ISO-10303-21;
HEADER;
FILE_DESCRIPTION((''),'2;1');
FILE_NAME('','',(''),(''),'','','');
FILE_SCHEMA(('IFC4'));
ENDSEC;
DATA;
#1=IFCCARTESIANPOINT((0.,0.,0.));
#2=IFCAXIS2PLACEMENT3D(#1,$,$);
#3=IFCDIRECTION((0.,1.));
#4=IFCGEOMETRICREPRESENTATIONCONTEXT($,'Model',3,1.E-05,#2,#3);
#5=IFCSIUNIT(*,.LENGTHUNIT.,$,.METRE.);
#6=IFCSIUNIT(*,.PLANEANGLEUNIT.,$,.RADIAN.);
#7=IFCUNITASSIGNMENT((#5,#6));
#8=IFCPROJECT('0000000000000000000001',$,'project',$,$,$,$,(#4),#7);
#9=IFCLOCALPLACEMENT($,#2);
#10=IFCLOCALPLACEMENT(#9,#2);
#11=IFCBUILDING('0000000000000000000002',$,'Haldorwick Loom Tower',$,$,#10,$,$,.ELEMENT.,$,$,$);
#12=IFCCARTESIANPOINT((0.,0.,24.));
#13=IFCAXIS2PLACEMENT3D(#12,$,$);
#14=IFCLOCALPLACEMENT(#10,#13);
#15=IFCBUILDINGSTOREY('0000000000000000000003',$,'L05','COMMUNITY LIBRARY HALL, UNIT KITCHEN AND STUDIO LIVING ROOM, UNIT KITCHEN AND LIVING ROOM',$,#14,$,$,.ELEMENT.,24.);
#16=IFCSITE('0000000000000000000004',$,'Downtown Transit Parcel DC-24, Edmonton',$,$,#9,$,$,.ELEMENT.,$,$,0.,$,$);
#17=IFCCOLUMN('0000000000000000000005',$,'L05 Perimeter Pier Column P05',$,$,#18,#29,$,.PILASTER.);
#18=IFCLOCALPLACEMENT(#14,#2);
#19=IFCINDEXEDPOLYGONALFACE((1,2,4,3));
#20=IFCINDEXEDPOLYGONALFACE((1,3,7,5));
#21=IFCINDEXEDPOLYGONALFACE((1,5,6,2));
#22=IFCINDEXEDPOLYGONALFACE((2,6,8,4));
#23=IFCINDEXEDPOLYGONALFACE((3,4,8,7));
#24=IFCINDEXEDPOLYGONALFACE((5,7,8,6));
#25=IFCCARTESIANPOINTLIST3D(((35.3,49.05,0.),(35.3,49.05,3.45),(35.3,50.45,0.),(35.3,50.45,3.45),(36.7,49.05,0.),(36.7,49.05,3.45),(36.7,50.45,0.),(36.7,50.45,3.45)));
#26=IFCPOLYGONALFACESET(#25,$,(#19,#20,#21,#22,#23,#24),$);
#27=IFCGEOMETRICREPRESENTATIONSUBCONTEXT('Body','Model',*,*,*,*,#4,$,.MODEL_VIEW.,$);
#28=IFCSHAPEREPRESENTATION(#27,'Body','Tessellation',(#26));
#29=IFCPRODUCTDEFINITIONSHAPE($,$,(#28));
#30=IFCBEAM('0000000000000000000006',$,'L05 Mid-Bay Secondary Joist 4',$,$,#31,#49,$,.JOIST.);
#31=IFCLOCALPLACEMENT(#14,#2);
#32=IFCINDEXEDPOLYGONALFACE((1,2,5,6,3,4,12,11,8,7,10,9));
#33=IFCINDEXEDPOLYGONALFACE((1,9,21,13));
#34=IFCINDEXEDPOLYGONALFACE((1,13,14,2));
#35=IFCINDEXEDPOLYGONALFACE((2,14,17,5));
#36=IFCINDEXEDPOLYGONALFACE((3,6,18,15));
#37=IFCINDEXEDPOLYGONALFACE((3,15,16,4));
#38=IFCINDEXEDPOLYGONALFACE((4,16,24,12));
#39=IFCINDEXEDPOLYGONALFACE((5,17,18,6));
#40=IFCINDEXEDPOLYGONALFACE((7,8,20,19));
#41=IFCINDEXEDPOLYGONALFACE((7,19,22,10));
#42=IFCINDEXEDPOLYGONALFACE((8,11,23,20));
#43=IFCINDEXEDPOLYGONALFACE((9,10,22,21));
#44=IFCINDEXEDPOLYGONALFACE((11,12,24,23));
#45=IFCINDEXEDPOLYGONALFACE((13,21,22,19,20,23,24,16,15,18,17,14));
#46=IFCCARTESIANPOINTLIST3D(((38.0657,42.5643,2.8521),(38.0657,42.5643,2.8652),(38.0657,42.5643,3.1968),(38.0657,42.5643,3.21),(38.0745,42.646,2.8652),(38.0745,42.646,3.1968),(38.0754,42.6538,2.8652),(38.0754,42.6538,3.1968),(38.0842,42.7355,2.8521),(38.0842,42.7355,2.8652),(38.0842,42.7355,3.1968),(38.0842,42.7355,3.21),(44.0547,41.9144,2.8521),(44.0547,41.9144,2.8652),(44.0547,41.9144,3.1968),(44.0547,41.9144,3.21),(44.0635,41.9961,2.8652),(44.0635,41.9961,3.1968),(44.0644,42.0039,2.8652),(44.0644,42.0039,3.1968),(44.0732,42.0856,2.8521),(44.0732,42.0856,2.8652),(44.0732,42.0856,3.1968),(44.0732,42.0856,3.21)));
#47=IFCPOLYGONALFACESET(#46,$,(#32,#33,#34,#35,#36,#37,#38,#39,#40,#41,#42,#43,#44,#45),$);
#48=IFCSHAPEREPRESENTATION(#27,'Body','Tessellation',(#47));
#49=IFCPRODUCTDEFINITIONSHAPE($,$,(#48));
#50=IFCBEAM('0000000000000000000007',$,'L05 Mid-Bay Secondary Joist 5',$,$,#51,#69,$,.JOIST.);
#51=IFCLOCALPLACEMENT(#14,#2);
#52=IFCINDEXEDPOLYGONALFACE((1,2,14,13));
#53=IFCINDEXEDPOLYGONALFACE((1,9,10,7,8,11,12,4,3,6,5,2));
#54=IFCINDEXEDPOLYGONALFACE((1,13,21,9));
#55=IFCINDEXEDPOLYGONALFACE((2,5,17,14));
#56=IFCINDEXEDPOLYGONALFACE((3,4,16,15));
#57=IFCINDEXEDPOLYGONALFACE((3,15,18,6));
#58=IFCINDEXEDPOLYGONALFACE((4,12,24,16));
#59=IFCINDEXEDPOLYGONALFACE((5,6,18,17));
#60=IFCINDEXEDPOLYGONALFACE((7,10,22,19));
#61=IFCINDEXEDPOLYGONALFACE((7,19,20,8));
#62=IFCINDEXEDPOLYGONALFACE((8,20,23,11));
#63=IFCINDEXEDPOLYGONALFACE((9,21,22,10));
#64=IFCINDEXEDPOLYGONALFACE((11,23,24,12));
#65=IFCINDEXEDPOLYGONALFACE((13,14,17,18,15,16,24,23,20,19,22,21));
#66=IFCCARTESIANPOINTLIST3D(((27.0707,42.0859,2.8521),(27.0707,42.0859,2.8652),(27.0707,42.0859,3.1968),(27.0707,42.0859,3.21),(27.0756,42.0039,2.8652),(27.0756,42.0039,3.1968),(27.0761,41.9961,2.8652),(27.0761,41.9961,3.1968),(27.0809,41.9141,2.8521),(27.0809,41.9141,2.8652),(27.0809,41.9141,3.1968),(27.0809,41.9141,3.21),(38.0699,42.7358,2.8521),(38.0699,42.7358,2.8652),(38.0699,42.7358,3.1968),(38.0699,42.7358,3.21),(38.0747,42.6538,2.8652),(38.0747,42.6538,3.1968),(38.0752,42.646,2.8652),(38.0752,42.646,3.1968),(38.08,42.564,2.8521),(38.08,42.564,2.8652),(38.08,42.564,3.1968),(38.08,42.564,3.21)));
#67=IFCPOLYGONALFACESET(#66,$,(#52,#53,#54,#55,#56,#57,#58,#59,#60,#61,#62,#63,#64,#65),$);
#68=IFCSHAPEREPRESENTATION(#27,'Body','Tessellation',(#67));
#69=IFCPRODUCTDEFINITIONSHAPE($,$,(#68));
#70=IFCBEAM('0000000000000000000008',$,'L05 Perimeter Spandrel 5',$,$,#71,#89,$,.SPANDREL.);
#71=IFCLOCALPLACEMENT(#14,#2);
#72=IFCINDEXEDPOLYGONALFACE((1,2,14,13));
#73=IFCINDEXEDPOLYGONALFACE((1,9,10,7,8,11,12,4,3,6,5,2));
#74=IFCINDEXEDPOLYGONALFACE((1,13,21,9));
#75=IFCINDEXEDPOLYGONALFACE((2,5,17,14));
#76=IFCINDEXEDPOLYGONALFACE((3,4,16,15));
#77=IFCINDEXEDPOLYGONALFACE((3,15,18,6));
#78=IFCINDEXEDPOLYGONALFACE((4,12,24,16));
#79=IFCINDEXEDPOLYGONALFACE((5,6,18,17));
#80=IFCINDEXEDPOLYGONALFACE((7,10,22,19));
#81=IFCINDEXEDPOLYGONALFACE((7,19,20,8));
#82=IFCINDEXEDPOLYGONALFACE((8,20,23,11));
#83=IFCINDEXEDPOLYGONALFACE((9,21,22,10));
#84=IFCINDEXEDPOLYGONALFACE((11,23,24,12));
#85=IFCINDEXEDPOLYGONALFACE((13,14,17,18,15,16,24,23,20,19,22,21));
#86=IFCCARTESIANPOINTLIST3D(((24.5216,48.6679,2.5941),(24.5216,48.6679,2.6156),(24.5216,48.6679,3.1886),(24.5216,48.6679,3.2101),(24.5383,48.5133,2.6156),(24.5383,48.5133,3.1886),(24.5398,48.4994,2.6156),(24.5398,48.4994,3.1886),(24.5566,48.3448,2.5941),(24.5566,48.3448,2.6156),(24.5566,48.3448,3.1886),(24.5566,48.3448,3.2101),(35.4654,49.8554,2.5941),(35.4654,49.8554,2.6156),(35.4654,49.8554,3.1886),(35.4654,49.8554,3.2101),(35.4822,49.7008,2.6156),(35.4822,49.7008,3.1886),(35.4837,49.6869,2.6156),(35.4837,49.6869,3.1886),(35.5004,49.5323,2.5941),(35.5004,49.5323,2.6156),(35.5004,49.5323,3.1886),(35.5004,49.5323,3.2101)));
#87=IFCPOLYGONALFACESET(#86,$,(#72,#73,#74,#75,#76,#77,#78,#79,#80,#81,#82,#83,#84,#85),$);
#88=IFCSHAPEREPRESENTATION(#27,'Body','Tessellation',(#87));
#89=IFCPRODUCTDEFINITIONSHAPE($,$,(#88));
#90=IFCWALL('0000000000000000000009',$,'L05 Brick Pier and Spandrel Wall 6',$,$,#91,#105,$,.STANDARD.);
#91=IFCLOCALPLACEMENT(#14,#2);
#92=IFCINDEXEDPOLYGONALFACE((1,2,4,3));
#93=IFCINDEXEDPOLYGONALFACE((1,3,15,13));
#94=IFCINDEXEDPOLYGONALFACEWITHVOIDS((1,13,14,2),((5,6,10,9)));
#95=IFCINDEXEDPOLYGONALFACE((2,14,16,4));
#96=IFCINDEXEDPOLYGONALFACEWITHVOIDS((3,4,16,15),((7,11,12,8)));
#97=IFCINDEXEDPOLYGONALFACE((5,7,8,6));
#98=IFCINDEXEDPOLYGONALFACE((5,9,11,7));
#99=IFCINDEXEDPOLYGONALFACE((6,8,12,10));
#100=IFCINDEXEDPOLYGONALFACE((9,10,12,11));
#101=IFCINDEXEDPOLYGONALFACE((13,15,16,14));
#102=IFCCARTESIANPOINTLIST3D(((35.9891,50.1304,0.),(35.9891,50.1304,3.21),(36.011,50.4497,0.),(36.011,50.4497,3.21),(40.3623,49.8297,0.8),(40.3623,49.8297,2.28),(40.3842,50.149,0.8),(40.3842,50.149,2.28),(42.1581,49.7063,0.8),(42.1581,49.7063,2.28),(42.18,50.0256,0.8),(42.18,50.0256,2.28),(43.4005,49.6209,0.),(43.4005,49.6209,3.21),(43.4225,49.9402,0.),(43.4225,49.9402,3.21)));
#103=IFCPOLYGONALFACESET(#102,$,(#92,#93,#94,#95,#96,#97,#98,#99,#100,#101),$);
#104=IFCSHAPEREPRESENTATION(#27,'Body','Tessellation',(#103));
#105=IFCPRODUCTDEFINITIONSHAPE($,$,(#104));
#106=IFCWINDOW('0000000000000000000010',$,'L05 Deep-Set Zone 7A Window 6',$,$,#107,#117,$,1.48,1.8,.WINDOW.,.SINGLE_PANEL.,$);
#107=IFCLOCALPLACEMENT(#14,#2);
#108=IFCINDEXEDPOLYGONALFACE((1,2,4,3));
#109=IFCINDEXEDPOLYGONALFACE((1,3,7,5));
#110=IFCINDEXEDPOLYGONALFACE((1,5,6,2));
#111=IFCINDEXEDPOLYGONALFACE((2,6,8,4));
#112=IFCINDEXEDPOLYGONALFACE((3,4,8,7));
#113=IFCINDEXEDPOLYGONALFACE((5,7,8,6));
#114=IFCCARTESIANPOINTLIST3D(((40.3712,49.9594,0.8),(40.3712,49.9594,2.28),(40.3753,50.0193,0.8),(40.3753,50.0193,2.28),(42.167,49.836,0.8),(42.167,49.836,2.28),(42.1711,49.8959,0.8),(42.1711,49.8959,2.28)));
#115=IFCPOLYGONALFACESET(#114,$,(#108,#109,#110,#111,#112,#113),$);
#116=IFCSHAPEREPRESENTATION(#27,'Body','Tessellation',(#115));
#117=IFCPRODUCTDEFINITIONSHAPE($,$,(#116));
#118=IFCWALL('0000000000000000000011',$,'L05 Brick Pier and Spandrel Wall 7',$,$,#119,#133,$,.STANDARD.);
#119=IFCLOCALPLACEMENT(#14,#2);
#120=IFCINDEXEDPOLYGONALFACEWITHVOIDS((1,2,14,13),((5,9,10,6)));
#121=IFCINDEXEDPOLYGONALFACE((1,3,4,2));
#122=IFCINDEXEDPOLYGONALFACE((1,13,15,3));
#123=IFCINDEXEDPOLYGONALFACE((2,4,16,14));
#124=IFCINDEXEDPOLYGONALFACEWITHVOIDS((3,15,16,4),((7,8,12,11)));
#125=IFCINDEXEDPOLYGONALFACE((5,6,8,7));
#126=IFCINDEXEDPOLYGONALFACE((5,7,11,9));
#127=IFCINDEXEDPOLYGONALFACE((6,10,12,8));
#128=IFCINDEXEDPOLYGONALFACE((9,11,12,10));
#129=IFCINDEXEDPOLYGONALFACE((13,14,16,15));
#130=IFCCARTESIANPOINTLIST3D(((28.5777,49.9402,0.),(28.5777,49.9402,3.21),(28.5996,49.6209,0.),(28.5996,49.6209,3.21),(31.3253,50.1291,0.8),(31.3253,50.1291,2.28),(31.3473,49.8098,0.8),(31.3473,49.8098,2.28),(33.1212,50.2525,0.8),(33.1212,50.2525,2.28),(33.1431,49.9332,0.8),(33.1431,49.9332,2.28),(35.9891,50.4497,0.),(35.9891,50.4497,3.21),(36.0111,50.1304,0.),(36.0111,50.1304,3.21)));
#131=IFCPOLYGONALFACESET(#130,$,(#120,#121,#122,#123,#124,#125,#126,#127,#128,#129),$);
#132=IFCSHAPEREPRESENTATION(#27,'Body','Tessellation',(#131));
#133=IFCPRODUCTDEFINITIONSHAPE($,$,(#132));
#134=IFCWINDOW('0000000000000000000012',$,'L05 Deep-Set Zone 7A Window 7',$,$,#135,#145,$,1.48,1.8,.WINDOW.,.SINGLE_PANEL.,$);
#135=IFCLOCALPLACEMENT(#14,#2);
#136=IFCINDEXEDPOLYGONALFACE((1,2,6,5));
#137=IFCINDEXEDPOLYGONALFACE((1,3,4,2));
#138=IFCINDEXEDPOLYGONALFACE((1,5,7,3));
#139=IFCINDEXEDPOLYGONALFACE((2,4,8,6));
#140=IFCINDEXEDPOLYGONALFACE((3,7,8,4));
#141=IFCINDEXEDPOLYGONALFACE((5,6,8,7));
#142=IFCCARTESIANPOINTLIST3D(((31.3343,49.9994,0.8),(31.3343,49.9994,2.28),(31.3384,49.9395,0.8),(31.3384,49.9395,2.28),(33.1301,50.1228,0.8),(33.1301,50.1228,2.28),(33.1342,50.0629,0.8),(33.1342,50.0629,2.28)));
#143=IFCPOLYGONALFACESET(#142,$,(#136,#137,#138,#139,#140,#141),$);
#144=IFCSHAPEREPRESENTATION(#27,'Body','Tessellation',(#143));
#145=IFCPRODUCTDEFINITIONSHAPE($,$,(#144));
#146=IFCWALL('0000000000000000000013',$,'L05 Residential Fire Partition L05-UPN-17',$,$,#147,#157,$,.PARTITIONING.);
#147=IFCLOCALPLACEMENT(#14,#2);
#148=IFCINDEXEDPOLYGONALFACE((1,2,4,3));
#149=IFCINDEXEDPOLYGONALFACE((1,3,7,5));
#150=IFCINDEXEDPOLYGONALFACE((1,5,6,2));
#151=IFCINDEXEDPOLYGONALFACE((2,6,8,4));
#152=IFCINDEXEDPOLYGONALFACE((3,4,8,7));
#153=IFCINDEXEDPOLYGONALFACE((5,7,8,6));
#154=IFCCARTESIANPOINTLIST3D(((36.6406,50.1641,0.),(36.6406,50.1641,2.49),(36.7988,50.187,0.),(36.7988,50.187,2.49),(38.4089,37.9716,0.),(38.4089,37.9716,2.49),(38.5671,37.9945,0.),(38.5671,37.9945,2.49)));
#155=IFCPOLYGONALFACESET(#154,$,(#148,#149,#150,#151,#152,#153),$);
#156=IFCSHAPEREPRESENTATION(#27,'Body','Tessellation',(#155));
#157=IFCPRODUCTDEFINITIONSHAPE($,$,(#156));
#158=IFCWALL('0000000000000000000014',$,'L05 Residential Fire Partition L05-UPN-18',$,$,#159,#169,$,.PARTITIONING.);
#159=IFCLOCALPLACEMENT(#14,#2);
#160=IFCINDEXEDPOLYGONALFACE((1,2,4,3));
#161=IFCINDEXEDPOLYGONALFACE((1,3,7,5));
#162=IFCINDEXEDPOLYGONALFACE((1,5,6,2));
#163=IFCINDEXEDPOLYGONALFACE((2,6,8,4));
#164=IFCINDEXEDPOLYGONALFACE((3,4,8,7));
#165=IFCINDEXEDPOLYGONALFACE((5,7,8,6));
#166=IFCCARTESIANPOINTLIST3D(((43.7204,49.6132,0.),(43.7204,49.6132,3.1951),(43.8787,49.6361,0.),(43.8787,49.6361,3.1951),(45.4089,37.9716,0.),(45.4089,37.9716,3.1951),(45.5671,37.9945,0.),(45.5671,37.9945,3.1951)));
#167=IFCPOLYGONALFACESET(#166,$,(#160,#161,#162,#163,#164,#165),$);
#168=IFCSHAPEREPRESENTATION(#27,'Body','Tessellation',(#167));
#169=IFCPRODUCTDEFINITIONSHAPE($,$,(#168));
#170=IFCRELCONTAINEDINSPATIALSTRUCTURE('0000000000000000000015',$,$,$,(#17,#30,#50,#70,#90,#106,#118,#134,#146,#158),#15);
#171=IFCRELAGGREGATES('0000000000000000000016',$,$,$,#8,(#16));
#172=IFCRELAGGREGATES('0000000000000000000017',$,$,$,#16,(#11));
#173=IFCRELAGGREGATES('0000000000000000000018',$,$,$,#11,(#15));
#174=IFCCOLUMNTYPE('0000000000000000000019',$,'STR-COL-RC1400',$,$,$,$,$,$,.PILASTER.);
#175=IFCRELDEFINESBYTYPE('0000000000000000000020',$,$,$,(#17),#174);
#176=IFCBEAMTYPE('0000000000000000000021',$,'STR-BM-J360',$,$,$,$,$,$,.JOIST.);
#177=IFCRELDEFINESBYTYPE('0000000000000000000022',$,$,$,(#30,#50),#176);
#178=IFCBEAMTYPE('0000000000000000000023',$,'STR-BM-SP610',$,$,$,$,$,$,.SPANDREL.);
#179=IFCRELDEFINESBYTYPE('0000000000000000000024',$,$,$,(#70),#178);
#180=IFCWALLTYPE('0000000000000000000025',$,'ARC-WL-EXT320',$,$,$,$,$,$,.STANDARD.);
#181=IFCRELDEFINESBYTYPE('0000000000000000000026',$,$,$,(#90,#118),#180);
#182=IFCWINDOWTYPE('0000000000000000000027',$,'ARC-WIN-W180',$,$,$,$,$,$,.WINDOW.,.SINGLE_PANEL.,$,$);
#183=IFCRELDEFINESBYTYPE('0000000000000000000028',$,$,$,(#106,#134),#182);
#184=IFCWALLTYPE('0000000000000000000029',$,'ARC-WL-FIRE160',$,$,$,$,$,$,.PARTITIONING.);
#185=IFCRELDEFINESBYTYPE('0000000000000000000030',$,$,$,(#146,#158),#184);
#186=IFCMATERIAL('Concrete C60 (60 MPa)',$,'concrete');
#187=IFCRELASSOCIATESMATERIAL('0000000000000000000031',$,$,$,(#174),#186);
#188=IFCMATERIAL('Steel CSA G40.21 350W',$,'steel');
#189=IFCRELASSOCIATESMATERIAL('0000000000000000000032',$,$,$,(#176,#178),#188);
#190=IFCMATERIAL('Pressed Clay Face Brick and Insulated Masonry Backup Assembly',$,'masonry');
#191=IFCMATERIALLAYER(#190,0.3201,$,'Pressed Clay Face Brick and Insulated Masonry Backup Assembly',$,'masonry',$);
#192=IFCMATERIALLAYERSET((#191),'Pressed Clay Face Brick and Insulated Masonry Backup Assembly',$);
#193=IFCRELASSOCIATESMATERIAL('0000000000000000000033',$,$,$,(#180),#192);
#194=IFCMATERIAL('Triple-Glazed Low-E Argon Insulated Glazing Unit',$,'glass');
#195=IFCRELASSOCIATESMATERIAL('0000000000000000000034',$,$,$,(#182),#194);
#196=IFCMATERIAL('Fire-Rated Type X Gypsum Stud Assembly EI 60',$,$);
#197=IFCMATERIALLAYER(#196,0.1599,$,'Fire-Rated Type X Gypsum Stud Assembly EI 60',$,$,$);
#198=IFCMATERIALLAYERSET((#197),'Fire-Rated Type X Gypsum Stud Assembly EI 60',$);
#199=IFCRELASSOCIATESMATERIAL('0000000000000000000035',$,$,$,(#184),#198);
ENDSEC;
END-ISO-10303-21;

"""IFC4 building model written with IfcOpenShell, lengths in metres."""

from ifc_helpers import new_model, si_unit, direction, frame, frame_2d, origin, origin_2d, place, context, subcontext, project, spatial, rectangle, i_section, extrude, material, layer, layer_set, material_profile, profile_set, type_object, element, fill, save


model = new_model("IFC4")

# Units and contexts
model_context = context("Model", 3, precision=1e-05, world=origin(), true_north=direction((0.0, 1.0)))
body_context = subcontext(model_context, "Body", "Model", "MODEL_VIEW")
ifc_project = project(units=[si_unit("LENGTHUNIT", "METRE"), si_unit("PLANEANGLEUNIT", "RADIAN")], contexts=[model_context])

# Site, building, storey
site_placement = place(None, origin())
site = spatial("IfcSite", under=ifc_project, at=site_placement, Name="Downtown Transit Parcel DC-24, Edmonton", CompositionType="ELEMENT", RefElevation=0.0)
building_placement = place(site_placement, origin())
building = spatial("IfcBuilding", under=site, at=building_placement, Name="Haldorwick Loom Tower", CompositionType="ELEMENT")
storey_placement = place(building_placement, frame((0.0, 0.0, 24.0)))
storey = spatial("IfcBuildingStorey", under=building, at=storey_placement, Name="L05", Description="COMMUNITY LIBRARY HALL, UNIT KITCHEN AND STUDIO LIVING ROOM, UNIT KITCHEN AND LIVING ROOM", CompositionType="ELEMENT", Elevation=24.0)

# Column
ifc_material_1 = material(Name="Concrete C60 (60 MPa)", Category="concrete")
ifc_material_profile_1 = material_profile(ifc_material_1, rectangle(XDim=1.3999, YDim=1.3999, at=origin_2d()), Name="RC1400X1400", Category="concrete")
ifc_profile_set_1 = profile_set([ifc_material_profile_1], Name="Concrete C60 (60 MPa)")
column_type = type_object("IfcColumnType", Name="STR-COL-RC1400", PredefinedType="PILASTER", material=ifc_profile_set_1)
column_placement = place(storey_placement, frame((36.0, 49.75, 0.0), z_axis=(0.0, 0.0, 1.0), x_axis=(0.0, 1.0, 0.0)))
element("IfcColumn", 1, at=column_placement, inside=storey, type_object=column_type, Name="L05 Perimeter Pier Column P05", PredefinedType="PILASTER", context=body_context, shape_type="SweptSolid", body=[
    extrude(rectangle(XDim=1.3999, YDim=1.3999, at=origin_2d()), origin(), (0.0, 0.0, 1.0), 3.45),
])

# Beams
ifc_material_2 = material(Name="Steel CSA G40.21 350W", Category="steel")
ifc_material_profile_2 = material_profile(ifc_material_2, i_section(OverallWidth=0.1721, OverallDepth=0.3579, WebThickness=0.0078, FlangeThickness=0.0132, at=origin_2d()), Name="W360X57", Category="steel")
ifc_profile_set_2 = profile_set([ifc_material_profile_2], Name="Steel CSA G40.21 350W")
beam_type_1 = type_object("IfcBeamType", Name="STR-BM-J360", PredefinedType="JOIST", material=ifc_profile_set_2)
beam_1_placement = place(storey_placement, frame((44.064, 42.0, 3.031), z_axis=(-0.994164, 0.107882, 0.0), x_axis=(-0.107882, -0.994164, 0.0)))
element("IfcBeam", 2, at=beam_1_placement, inside=storey, type_object=beam_type_1, Name="L05 Mid-Bay Secondary Joist 4", PredefinedType="JOIST", context=body_context, shape_type="SweptSolid", body=[
    extrude(i_section(OverallWidth=0.1721, OverallDepth=0.3579, WebThickness=0.0078, FlangeThickness=0.0132, at=origin_2d()), origin(), (0.0, 0.0, 1.0), 6.0242),
])
beam_2_placement = place(storey_placement, frame((38.075, 42.6499, 3.031), z_axis=(-0.998259, -0.058984, 0.0), x_axis=(0.058984, -0.998259, 0.0)))
element("IfcBeam", 3, at=beam_2_placement, inside=storey, type_object=beam_type_1, Name="L05 Mid-Bay Secondary Joist 5", PredefinedType="JOIST", context=body_context, shape_type="SweptSolid", body=[
    extrude(i_section(OverallWidth=0.1721, OverallDepth=0.3579, WebThickness=0.0078, FlangeThickness=0.0132, at=origin_2d()), origin(), (0.0, 0.0, 1.0), 11.0183),
])
ifc_material_profile_3 = material_profile(ifc_material_2, i_section(OverallWidth=0.325, OverallDepth=0.616, WebThickness=0.0139, FlangeThickness=0.0215, at=origin_2d()), Name="W610X174", Category="steel")
ifc_profile_set_3 = profile_set([ifc_material_profile_3], Name="Steel CSA G40.21 350W")
beam_type_2 = type_object("IfcBeamType", Name="STR-BM-SP610", PredefinedType="SPANDREL", material=ifc_profile_set_3)
beam_3_placement = place(storey_placement, frame((35.4829, 49.6938, 2.9021), z_axis=(-0.994164, -0.107875, 0.0), x_axis=(0.107875, -0.994164, 0.0)))
element("IfcBeam", 4, at=beam_3_placement, inside=storey, type_object=beam_type_2, Name="L05 Perimeter Spandrel 5", PredefinedType="SPANDREL", context=body_context, shape_type="SweptSolid", body=[
    extrude(i_section(OverallWidth=0.325, OverallDepth=0.616, WebThickness=0.0139, FlangeThickness=0.0215, at=origin_2d()), origin(), (0.0, 0.0, 1.0), 11.0081),
])

# Walls, openings, windows
ifc_material_3 = material(Name="Pressed Clay Face Brick and Insulated Masonry Backup Assembly", Category="masonry")
ifc_layer_1 = layer(ifc_material_3, 0.3201, Name="Pressed Clay Face Brick and Insulated Masonry Backup Assembly", Category="masonry")
ifc_layer_set_1 = layer_set([ifc_layer_1], Name="Pressed Clay Face Brick and Insulated Masonry Backup Assembly")
wall_type_1 = type_object("IfcWallType", Name="ARC-WL-EXT320", PredefinedType="STANDARD", material=ifc_layer_set_1)
wall_1_placement = place(storey_placement, frame((43.4114, 49.7805, 0.0), z_axis=(0.0, 0.0, 1.0), x_axis=(-0.997645, 0.068587, 0.0)))
wall_1 = element("IfcWall", 5, at=wall_1_placement, inside=storey, type_object=wall_type_1, Name="L05 Brick Pier and Spandrel Wall 6", PredefinedType="STANDARD", context=body_context, shape_type="SweptSolid", body=[
    extrude(rectangle(XDim=7.429, YDim=0.3201, at=frame_2d((3.7144, 0.0))), origin(), (0.0, 0.0, 1.0), 3.21),
])
opening_1_placement = place(wall_1_placement, frame((1.2454, 0.0, 0.8)))
opening_1 = element("IfcOpeningElement", 6, at=opening_1_placement, cuts=wall_1, PredefinedType="OPENING", context=body_context, shape_type="SweptSolid", body=[
    extrude(rectangle(XDim=1.8, YDim=1.48, at=frame_2d((0.8999, 0.74))), frame((0.0, 0.1699, 0.0), z_axis=(0.0, -1.0, 0.0), x_axis=(1.0, 0.0, 0.0)), (0.0, 0.0, 1.0), 0.3401),
])
ifc_material_4 = material(Name="Triple-Glazed Low-E Argon Insulated Glazing Unit", Category="glass")
window_type = type_object("IfcWindowType", Name="ARC-WIN-W180", PartitioningType="SINGLE_PANEL", PredefinedType="WINDOW", material=ifc_material_4)
window_1_placement = place(opening_1_placement, origin())
window_1 = element("IfcWindow", 7, at=window_1_placement, inside=storey, type_object=window_type, Name="L05 Deep-Set Zone 7A Window 6", OverallHeight=1.48, OverallWidth=1.8, PartitioningType="SINGLE_PANEL", PredefinedType="WINDOW", context=body_context, shape_type="SweptSolid", body=[
    extrude(rectangle(XDim=1.8, YDim=1.48, at=frame_2d((0.8999, 0.74))), frame((0.0, 0.03, 0.0), z_axis=(0.0, -1.0, 0.0), x_axis=(1.0, 0.0, 0.0)), (0.0, 0.0, 1.0), 0.0601),
])
fill(opening_1, window_1)
wall_2_placement = place(storey_placement, frame((36.0, 50.29, 0.0), z_axis=(0.0, 0.0, 1.0), x_axis=(-0.997645, -0.068587, 0.0)))
wall_2 = element("IfcWall", 8, at=wall_2_placement, inside=storey, type_object=wall_type_1, Name="L05 Brick Pier and Spandrel Wall 7", PredefinedType="STANDARD", context=body_context, shape_type="SweptSolid", body=[
    extrude(rectangle(XDim=7.429, YDim=0.3201, at=frame_2d((3.7144, 0.0))), origin(), (0.0, 0.0, 1.0), 3.21),
])
opening_2_placement = place(wall_2_placement, frame((2.8748, 0.0, 0.8)))
opening_2 = element("IfcOpeningElement", 9, at=opening_2_placement, cuts=wall_2, PredefinedType="OPENING", context=body_context, shape_type="SweptSolid", body=[
    extrude(rectangle(XDim=1.8, YDim=1.48, at=frame_2d((0.8999, 0.74))), frame((0.0, 0.1699, 0.0), z_axis=(0.0, -1.0, 0.0), x_axis=(1.0, 0.0, 0.0)), (0.0, 0.0, 1.0), 0.3401),
])
window_2_placement = place(opening_2_placement, origin())
window_2 = element("IfcWindow", 10, at=window_2_placement, inside=storey, type_object=window_type, Name="L05 Deep-Set Zone 7A Window 7", OverallHeight=1.48, OverallWidth=1.8, PartitioningType="SINGLE_PANEL", PredefinedType="WINDOW", context=body_context, shape_type="SweptSolid", body=[
    extrude(rectangle(XDim=1.8, YDim=1.48, at=frame_2d((0.8999, 0.74))), frame((0.0, 0.03, 0.0), z_axis=(0.0, -1.0, 0.0), x_axis=(1.0, 0.0, 0.0)), (0.0, 0.0, 1.0), 0.0601),
])
fill(opening_2, window_2)

# Walls
ifc_material_5 = material(Name="Fire-Rated Type X Gypsum Stud Assembly EI 60")
ifc_layer_2 = layer(ifc_material_5, 0.1599, Name="Fire-Rated Type X Gypsum Stud Assembly EI 60")
ifc_layer_set_2 = layer_set([ifc_layer_2], Name="Fire-Rated Type X Gypsum Stud Assembly EI 60")
wall_type_2 = type_object("IfcWallType", Name="ARC-WL-FIRE160", PredefinedType="PARTITIONING", material=ifc_layer_set_2)
wall_3_placement = place(storey_placement, frame((38.488, 37.9829, 0.0), z_axis=(0.0, 0.0, 1.0), x_axis=(-0.143532, 0.989646, 0.0)))
element("IfcWall", 11, at=wall_3_placement, inside=storey, type_object=wall_type_2, Name="L05 Residential Fire Partition L05-UPN-17", PredefinedType="PARTITIONING", context=body_context, shape_type="SweptSolid", body=[
    extrude(rectangle(XDim=12.3201, YDim=0.1599, at=frame_2d((6.1602, 0.0))), origin(), (0.0, 0.0, 1.0), 2.49),
])
wall_4_placement = place(storey_placement, frame((45.488, 37.9829, 0.0), z_axis=(0.0, 0.0, 1.0), x_axis=(-0.143536, 0.989645, 0.0)))
element("IfcWall", 12, at=wall_4_placement, inside=storey, type_object=wall_type_2, Name="L05 Residential Fire Partition L05-UPN-18", PredefinedType="PARTITIONING", context=body_context, shape_type="SweptSolid", body=[
    extrude(rectangle(XDim=11.7634, YDim=0.1599, at=frame_2d((5.8818, 0.0))), origin(), (0.0, 0.0, 1.0), 3.1951),
])

save(model, "model.ifc")
